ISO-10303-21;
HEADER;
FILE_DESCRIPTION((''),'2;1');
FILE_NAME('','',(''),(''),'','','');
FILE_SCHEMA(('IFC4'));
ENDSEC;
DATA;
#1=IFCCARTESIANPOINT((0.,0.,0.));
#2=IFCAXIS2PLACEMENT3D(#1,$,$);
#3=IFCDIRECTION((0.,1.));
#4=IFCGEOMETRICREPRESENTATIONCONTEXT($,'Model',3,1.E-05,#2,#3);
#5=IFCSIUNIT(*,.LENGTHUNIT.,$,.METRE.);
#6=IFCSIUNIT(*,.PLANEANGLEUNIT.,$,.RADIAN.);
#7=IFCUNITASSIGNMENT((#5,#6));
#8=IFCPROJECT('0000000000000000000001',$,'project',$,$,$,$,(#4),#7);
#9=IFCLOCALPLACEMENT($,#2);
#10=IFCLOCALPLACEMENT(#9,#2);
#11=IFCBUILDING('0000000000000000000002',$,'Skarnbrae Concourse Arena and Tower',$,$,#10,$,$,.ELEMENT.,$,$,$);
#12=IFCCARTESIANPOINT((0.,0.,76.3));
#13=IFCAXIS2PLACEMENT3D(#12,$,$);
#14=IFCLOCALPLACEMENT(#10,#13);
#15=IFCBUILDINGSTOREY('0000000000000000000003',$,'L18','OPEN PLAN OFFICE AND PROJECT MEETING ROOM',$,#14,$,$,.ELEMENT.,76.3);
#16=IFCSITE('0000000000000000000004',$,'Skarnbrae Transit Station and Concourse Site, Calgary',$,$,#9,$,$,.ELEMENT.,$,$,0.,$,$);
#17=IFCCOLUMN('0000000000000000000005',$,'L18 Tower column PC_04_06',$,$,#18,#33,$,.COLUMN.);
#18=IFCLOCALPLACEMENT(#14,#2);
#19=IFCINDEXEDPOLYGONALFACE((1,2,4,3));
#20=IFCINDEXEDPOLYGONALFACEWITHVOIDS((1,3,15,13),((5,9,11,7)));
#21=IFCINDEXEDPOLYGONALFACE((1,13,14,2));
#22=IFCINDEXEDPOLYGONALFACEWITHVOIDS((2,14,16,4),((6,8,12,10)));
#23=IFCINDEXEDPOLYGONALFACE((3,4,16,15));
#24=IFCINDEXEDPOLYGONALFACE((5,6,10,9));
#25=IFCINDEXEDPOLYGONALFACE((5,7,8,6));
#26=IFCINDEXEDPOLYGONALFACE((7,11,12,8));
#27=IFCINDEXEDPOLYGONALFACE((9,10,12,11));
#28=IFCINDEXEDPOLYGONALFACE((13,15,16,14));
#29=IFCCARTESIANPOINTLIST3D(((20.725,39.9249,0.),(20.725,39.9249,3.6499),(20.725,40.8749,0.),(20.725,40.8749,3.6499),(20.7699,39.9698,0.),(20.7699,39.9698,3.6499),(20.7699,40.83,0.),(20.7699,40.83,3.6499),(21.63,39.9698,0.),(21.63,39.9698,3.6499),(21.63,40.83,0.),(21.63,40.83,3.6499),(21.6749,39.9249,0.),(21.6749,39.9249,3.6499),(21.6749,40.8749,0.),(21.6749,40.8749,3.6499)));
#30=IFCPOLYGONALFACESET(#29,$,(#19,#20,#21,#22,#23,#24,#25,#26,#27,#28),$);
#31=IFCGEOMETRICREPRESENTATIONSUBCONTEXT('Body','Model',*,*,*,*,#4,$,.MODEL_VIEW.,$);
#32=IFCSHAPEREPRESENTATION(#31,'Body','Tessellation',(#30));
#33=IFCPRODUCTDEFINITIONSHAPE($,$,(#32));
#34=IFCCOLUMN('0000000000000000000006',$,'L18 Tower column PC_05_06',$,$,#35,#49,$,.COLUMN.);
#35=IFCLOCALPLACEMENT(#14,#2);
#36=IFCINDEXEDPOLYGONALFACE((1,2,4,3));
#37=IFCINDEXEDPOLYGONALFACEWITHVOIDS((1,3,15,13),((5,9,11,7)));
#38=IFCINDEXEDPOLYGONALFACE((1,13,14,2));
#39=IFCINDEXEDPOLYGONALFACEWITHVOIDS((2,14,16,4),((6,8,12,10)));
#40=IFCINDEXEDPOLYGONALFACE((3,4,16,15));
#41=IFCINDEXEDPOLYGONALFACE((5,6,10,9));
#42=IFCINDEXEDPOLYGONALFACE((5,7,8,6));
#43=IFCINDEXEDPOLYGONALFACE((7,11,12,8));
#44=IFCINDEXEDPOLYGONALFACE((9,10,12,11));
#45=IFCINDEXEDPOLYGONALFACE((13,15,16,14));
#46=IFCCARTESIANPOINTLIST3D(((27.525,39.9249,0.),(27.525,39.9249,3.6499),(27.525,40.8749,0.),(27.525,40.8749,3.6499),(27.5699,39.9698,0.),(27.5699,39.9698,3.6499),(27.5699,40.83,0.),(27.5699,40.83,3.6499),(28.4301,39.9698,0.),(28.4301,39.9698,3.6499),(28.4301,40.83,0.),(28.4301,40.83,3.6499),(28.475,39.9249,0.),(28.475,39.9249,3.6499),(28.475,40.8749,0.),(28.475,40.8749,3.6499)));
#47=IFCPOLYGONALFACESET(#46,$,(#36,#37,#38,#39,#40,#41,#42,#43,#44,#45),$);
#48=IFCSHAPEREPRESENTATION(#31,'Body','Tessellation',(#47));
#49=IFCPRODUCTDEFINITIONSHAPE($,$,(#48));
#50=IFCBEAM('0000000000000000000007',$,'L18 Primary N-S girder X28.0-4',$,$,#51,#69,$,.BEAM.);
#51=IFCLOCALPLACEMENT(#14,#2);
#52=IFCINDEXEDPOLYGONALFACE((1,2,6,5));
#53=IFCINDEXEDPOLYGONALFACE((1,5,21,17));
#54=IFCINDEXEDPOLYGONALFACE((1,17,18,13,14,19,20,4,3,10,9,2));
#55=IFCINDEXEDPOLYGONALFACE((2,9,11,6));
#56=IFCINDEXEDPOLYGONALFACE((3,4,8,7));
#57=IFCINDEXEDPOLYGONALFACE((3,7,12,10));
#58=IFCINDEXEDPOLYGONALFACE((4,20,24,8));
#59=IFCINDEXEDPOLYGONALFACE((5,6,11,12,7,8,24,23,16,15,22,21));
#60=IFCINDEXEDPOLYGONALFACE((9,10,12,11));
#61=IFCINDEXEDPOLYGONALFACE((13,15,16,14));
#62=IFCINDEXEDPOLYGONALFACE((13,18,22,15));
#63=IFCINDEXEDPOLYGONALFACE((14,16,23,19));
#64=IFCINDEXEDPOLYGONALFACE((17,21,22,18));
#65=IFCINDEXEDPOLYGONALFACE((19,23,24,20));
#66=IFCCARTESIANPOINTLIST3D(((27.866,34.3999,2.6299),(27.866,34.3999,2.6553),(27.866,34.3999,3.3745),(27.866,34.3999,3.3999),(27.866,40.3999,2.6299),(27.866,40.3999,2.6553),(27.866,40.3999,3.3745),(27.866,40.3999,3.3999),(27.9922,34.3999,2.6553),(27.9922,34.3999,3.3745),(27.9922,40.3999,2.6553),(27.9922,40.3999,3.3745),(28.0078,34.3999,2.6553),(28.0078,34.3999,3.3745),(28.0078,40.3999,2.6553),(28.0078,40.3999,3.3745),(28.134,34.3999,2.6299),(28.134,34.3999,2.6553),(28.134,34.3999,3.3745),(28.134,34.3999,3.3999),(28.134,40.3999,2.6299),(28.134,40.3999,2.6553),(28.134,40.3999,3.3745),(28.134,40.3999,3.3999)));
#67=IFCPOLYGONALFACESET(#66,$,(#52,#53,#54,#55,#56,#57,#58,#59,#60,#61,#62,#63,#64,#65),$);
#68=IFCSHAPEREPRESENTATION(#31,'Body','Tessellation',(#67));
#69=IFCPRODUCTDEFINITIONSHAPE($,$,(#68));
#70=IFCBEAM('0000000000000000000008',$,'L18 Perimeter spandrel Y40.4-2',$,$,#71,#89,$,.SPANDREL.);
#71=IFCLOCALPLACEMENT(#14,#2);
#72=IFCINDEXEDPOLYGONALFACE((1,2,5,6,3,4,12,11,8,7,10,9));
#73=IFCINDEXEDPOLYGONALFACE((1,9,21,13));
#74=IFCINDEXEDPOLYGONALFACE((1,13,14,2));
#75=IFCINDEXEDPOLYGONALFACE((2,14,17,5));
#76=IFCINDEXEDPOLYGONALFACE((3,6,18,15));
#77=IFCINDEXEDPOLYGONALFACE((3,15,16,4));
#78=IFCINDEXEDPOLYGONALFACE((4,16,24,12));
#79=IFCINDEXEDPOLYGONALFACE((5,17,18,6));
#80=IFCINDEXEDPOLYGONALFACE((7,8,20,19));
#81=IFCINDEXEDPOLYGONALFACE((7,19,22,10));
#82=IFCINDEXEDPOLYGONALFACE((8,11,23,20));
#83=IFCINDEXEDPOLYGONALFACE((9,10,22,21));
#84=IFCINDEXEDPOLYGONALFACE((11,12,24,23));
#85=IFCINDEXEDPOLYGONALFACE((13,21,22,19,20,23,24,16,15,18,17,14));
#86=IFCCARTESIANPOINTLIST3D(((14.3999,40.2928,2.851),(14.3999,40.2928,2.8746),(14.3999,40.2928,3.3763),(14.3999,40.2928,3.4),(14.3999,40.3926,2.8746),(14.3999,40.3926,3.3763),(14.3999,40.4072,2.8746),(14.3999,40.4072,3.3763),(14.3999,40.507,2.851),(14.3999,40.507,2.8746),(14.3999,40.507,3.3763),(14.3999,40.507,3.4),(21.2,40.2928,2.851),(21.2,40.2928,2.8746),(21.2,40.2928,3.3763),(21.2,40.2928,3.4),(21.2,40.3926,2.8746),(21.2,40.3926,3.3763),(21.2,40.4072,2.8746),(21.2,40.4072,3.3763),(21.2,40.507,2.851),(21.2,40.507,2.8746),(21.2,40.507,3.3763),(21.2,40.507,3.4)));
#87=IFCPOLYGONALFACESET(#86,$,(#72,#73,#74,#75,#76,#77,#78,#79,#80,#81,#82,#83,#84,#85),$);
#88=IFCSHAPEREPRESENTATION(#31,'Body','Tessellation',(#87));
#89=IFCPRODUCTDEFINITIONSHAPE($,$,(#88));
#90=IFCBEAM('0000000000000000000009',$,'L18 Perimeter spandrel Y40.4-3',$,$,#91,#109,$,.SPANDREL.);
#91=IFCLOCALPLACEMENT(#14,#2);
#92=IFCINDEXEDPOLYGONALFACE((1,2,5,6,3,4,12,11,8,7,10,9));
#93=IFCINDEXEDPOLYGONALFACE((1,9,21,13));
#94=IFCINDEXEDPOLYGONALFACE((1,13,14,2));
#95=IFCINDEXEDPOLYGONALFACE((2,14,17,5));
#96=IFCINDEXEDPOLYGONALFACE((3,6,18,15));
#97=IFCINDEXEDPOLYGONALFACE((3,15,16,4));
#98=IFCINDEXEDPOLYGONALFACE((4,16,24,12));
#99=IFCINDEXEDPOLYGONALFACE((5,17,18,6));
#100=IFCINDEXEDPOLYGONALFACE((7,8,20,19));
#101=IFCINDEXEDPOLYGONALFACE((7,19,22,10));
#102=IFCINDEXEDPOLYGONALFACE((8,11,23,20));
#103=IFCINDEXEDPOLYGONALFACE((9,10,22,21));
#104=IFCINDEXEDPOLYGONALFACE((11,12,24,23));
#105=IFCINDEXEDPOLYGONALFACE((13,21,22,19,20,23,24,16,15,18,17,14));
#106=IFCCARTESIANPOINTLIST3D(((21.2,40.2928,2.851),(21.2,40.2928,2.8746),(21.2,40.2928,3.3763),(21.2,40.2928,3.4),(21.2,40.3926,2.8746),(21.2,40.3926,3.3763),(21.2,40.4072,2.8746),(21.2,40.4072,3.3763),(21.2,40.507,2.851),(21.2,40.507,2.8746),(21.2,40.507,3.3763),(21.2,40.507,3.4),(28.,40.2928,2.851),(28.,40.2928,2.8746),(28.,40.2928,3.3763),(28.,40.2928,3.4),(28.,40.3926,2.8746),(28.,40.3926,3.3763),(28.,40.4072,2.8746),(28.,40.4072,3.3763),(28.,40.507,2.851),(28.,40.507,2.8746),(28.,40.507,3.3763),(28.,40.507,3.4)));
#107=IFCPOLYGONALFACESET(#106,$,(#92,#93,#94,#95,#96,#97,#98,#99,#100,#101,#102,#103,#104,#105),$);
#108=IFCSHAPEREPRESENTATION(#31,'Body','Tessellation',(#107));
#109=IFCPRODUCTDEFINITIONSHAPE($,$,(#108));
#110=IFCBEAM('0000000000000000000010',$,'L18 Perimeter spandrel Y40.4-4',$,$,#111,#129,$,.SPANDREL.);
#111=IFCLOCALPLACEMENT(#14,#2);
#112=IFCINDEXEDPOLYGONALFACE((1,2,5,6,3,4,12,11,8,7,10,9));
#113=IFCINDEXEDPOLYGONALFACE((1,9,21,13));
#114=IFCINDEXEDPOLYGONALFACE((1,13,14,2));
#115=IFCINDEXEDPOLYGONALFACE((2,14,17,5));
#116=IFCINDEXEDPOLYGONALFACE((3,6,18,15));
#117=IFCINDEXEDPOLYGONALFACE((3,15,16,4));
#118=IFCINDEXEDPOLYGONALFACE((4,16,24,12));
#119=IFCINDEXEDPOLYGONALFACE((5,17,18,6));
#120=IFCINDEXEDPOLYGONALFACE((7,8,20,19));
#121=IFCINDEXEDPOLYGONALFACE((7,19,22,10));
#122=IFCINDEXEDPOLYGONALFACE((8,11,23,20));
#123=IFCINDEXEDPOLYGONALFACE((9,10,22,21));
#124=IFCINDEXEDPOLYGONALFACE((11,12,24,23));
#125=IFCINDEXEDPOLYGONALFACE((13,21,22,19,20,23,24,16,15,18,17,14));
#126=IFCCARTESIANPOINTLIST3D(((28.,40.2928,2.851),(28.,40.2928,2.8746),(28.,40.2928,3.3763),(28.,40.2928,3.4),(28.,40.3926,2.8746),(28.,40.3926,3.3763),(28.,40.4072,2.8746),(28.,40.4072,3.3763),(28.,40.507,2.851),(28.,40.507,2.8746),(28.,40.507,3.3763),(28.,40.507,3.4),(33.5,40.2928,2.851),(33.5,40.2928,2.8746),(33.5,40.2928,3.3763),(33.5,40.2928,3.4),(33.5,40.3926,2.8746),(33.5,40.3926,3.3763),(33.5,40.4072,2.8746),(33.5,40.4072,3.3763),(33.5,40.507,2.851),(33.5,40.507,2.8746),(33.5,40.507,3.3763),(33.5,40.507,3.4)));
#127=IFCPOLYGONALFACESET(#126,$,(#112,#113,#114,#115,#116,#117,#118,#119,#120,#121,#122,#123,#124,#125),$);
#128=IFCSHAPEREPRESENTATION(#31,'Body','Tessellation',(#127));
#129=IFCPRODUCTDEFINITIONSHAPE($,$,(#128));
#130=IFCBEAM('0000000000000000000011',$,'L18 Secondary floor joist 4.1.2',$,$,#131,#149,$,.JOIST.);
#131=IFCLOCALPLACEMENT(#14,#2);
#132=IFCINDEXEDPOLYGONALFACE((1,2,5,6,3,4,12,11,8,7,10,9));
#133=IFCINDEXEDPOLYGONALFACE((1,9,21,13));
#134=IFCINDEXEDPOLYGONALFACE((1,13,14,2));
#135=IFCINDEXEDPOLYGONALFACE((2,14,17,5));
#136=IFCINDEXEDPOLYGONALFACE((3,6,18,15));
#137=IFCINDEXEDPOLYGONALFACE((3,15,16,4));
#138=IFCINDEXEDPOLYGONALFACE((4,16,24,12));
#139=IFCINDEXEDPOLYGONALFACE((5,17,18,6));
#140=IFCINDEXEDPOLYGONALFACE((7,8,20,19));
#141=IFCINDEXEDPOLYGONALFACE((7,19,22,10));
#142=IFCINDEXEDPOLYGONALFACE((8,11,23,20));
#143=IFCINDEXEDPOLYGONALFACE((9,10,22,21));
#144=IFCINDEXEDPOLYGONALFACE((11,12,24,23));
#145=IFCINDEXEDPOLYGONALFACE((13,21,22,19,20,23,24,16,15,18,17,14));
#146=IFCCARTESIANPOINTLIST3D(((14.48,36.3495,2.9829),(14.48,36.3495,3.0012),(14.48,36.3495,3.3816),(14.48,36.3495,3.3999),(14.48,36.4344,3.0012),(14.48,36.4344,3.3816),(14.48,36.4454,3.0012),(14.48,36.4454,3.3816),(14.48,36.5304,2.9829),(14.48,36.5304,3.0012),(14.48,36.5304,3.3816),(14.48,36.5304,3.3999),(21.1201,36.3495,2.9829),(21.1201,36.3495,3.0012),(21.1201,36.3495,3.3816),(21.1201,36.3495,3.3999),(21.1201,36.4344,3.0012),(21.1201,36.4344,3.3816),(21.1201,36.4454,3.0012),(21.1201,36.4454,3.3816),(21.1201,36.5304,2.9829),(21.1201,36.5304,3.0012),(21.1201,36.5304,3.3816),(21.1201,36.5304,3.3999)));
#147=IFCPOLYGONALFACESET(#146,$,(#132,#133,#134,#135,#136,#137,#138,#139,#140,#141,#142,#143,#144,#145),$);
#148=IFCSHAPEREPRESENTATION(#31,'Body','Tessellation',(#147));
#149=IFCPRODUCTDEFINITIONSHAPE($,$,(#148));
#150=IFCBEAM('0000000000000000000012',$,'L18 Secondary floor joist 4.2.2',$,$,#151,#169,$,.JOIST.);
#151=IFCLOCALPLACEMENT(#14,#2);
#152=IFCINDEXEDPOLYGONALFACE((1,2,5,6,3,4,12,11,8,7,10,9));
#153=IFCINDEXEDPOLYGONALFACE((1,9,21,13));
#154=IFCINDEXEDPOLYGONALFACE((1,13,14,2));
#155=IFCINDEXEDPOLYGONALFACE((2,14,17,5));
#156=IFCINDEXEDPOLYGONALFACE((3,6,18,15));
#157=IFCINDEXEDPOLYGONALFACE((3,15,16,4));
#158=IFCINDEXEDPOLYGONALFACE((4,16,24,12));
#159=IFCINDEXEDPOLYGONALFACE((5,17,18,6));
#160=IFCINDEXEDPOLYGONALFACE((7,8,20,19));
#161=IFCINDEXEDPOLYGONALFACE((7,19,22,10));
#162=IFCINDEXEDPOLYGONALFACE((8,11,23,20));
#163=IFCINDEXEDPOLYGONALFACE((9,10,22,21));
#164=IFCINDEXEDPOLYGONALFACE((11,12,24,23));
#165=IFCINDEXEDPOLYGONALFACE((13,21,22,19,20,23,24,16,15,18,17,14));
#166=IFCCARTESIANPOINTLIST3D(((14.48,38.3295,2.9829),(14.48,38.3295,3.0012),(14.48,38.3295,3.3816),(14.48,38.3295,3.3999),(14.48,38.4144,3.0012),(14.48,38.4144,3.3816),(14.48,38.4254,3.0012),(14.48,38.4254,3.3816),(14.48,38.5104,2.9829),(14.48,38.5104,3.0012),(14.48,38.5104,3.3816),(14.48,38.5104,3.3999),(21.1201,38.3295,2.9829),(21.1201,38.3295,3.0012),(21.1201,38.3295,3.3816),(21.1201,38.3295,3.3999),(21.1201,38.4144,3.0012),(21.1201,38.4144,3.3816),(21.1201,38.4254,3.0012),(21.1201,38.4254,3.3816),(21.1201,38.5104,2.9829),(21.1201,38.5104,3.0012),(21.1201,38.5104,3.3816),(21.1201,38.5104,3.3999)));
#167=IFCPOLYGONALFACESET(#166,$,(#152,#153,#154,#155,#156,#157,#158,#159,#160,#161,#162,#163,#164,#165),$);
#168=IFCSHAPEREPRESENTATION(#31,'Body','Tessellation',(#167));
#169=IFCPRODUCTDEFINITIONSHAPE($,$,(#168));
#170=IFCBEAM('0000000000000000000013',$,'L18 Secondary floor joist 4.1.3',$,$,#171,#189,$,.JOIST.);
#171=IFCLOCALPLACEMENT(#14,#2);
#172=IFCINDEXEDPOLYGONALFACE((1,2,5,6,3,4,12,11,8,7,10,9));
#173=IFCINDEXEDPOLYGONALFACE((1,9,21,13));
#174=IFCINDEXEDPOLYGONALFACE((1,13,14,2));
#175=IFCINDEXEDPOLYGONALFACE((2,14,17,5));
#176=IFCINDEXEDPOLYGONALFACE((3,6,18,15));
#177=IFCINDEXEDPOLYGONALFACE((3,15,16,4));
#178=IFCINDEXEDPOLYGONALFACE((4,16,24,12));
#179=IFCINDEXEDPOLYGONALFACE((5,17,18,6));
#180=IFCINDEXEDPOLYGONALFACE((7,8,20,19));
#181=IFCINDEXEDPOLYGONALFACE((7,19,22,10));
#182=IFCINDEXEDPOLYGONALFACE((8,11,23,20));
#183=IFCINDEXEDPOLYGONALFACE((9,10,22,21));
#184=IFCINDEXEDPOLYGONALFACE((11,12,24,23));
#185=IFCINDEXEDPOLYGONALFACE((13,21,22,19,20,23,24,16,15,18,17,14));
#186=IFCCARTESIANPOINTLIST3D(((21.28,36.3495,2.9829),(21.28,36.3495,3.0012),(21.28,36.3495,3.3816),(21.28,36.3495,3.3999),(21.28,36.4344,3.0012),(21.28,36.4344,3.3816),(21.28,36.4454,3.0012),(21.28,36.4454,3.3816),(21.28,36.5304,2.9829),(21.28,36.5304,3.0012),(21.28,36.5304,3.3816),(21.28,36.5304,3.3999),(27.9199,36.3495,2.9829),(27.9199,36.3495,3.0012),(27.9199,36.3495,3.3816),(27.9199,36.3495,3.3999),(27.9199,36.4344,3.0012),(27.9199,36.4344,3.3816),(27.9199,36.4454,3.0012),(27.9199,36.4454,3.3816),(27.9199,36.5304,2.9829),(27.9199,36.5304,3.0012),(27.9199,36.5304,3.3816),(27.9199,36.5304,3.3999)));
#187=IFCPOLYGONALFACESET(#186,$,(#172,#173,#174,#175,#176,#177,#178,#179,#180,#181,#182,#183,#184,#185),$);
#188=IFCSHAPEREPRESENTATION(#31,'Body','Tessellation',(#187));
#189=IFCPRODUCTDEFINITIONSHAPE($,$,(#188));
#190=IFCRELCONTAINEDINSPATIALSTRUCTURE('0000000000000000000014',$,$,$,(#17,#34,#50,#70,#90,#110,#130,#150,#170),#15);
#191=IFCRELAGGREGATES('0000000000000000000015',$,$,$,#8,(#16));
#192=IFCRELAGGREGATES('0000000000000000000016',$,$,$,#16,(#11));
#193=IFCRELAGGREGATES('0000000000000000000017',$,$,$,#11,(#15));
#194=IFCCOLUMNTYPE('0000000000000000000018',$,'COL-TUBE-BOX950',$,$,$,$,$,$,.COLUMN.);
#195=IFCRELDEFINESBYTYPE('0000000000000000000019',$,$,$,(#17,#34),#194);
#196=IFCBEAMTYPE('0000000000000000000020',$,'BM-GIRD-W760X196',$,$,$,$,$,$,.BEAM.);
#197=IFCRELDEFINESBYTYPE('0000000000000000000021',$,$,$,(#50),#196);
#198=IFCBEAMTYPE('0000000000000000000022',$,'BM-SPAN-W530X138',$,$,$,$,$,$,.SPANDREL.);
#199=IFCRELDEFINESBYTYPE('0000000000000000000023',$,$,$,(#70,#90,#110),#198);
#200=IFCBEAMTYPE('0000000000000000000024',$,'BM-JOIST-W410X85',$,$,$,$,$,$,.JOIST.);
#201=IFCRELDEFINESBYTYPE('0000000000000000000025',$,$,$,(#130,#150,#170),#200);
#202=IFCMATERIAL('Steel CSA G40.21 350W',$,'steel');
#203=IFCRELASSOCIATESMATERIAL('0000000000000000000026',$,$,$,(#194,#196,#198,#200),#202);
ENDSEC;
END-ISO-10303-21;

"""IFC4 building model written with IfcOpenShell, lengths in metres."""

from ifc_helpers import new_model, si_unit, direction, frame, origin, origin_2d, place, context, subcontext, project, spatial, hollow_rectangle, i_section, extrude, source, transform, mapped, material, material_profile, profile_set, type_object, element, save


model = new_model("IFC4")

# Units and contexts
model_context = context("Model", 3, precision=1e-05, world=origin(), true_north=direction((0.0, 1.0)))
body_context = subcontext(model_context, "Body", "Model", "MODEL_VIEW")
ifc_project = project(units=[si_unit("LENGTHUNIT", "METRE"), si_unit("PLANEANGLEUNIT", "RADIAN")], contexts=[model_context])

# Site, building, storey
site_placement = place(None, origin())
site = spatial("IfcSite", under=ifc_project, at=site_placement, Name="Skarnbrae Transit Station and Concourse Site, Calgary", CompositionType="ELEMENT", RefElevation=0.0)
building_placement = place(site_placement, origin())
building = spatial("IfcBuilding", under=site, at=building_placement, Name="Skarnbrae Concourse Arena and Tower", CompositionType="ELEMENT")
storey_placement = place(building_placement, frame((0.0, 0.0, 76.3)))
storey = spatial("IfcBuildingStorey", under=building, at=storey_placement, Name="L18", Description="OPEN PLAN OFFICE AND PROJECT MEETING ROOM", CompositionType="ELEMENT", Elevation=76.3)

# Columns
ifc_material_1 = material(Name="Steel CSA G40.21 350W", Category="steel")
ifc_material_profile_1 = material_profile(ifc_material_1, hollow_rectangle(XDim=0.95, YDim=0.95, WallThickness=0.0449, at=origin_2d()), Name="BOX950X950X45")
ifc_profile_set_1 = profile_set([ifc_material_profile_1], Name="Steel CSA G40.21 350W")
column_type = type_object("IfcColumnType", Name="COL-TUBE-BOX950", PredefinedType="COLUMN", material=ifc_profile_set_1)
shared_shape_1 = source(origin(), body_context, "Body", "SweptSolid", [
    extrude(hollow_rectangle(XDim=0.95, YDim=0.95, WallThickness=0.0449, at=origin_2d()), origin(), (0.0, 0.0, 1.0), 3.6499),
])
for number, where, z_axis, x_axis, name in (
    (1, (21.2, 40.3999, 0.0), (0.0, 0.0, 1.0), (1.0, 0.0, 0.0), "L18 Tower column PC_04_06"),
    (2, (28.0, 40.3999, 0.0), (0.0, 0.0, 1.0), (1.0, 0.0, 0.0), "L18 Tower column PC_05_06"),
):
    element("IfcColumn", number, at=place(storey_placement, frame(where, z_axis=z_axis, x_axis=x_axis)), inside=storey, type_object=column_type, Name=name, PredefinedType="COLUMN", context=body_context, shape_type="MappedRepresentation", body=[
        mapped(shared_shape_1, transform((0.0, 0.0, 0.0))),
    ])

# Beams
ifc_material_profile_2 = material_profile(ifc_material_1, i_section(OverallWidth=0.2681, OverallDepth=0.77, WebThickness=0.0156, FlangeThickness=0.0254, at=origin_2d()), Name="W760X196")
ifc_profile_set_2 = profile_set([ifc_material_profile_2], Name="Steel CSA G40.21 350W")
beam_type_1 = type_object("IfcBeamType", Name="BM-GIRD-W760X196", PredefinedType="BEAM", material=ifc_profile_set_2)
shared_shape_2 = source(origin(), body_context, "Body", "SweptSolid", [
    extrude(i_section(OverallWidth=0.2681, OverallDepth=0.77, WebThickness=0.0156, FlangeThickness=0.0254, at=origin_2d()), origin(), (0.0, 0.0, 1.0), 6.0),
])
beam_1_placement = place(storey_placement, frame((28.0, 34.3999, 3.0149), z_axis=(0.0, 1.0, 0.0), x_axis=(-1.0, 0.0, 0.0)))
element("IfcBeam", 3, at=beam_1_placement, inside=storey, type_object=beam_type_1, Name="L18 Primary N-S girder X28.0-4", PredefinedType="BEAM", context=body_context, shape_type="MappedRepresentation", body=[
    mapped(shared_shape_2, transform((0.0, 0.0, 0.0))),
])
ifc_material_profile_3 = material_profile(ifc_material_1, i_section(OverallWidth=0.2141, OverallDepth=0.5491, WebThickness=0.0146, FlangeThickness=0.0237, at=origin_2d()), Name="W530X138")
ifc_profile_set_3 = profile_set([ifc_material_profile_3], Name="Steel CSA G40.21 350W")
beam_type_2 = type_object("IfcBeamType", Name="BM-SPAN-W530X138", PredefinedType="SPANDREL", material=ifc_profile_set_3)
shared_shape_3 = source(origin(), body_context, "Body", "SweptSolid", [
    extrude(i_section(OverallWidth=0.2141, OverallDepth=0.5491, WebThickness=0.0146, FlangeThickness=0.0237, at=origin_2d()), origin(), (0.0, 0.0, 1.0), 6.8),
])
for number, where, z_axis, x_axis, name in (
    (4, (14.3999, 40.3999, 3.1255), (1.0, 0.0, 0.0), (0.0, 1.0, 0.0), "L18 Perimeter spandrel Y40.4-2"),
    (5, (21.2, 40.3999, 3.1255), (1.0, 0.0, 0.0), (0.0, 1.0, 0.0), "L18 Perimeter spandrel Y40.4-3"),
):
    element("IfcBeam", number, at=place(storey_placement, frame(where, z_axis=z_axis, x_axis=x_axis)), inside=storey, type_object=beam_type_2, Name=name, PredefinedType="SPANDREL", context=body_context, shape_type="MappedRepresentation", body=[
        mapped(shared_shape_3, transform((0.0, 0.0, 0.0))),
    ])
shared_shape_4 = source(origin(), body_context, "Body", "SweptSolid", [
    extrude(i_section(OverallWidth=0.2141, OverallDepth=0.5491, WebThickness=0.0146, FlangeThickness=0.0237, at=origin_2d()), origin(), (0.0, 0.0, 1.0), 5.5),
])
beam_2_placement = place(storey_placement, frame((28.0, 40.3999, 3.1255), z_axis=(1.0, 0.0, 0.0), x_axis=(0.0, 1.0, 0.0)))
element("IfcBeam", 6, at=beam_2_placement, inside=storey, type_object=beam_type_2, Name="L18 Perimeter spandrel Y40.4-4", PredefinedType="SPANDREL", context=body_context, shape_type="MappedRepresentation", body=[
    mapped(shared_shape_4, transform((0.0, 0.0, 0.0))),
])
ifc_material_profile_4 = material_profile(ifc_material_1, i_section(OverallWidth=0.1809, OverallDepth=0.417, WebThickness=0.011, FlangeThickness=0.0183, at=origin_2d()), Name="W410X85")
ifc_profile_set_4 = profile_set([ifc_material_profile_4], Name="Steel CSA G40.21 350W")
beam_type_3 = type_object("IfcBeamType", Name="BM-JOIST-W410X85", PredefinedType="JOIST", material=ifc_profile_set_4)
shared_shape_5 = source(origin(), body_context, "Body", "SweptSolid", [
    extrude(i_section(OverallWidth=0.1809, OverallDepth=0.417, WebThickness=0.011, FlangeThickness=0.0183, at=origin_2d()), origin(), (0.0, 0.0, 1.0), 6.6401),
])
for number, where, z_axis, x_axis, name in (
    (7, (14.48, 36.4399, 3.1914), (1.0, 0.0, 0.0), (0.0, 1.0, 0.0), "L18 Secondary floor joist 4.1.2"),
    (8, (14.48, 38.4199, 3.1914), (1.0, 0.0, 0.0), (0.0, 1.0, 0.0), "L18 Secondary floor joist 4.2.2"),
):
    element("IfcBeam", number, at=place(storey_placement, frame(where, z_axis=z_axis, x_axis=x_axis)), inside=storey, type_object=beam_type_3, Name=name, PredefinedType="JOIST", context=body_context, shape_type="MappedRepresentation", body=[
        mapped(shared_shape_5, transform((0.0, 0.0, 0.0))),
    ])
shared_shape_6 = source(origin(), body_context, "Body", "SweptSolid", [
    extrude(i_section(OverallWidth=0.1809, OverallDepth=0.417, WebThickness=0.011, FlangeThickness=0.0183, at=origin_2d()), origin(), (0.0, 0.0, 1.0), 6.6399),
])
for number, where, z_axis, x_axis, name in (
    (9, (21.28, 36.4399, 3.1914), (1.0, 0.0, 0.0), (0.0, 1.0, 0.0), "L18 Secondary floor joist 4.1.3"),
):
    element("IfcBeam", number, at=place(storey_placement, frame(where, z_axis=z_axis, x_axis=x_axis)), inside=storey, type_object=beam_type_3, Name=name, PredefinedType="JOIST", context=body_context, shape_type="MappedRepresentation", body=[
        mapped(shared_shape_6, transform((0.0, 0.0, 0.0))),
    ])

save(model, "model.ifc")
